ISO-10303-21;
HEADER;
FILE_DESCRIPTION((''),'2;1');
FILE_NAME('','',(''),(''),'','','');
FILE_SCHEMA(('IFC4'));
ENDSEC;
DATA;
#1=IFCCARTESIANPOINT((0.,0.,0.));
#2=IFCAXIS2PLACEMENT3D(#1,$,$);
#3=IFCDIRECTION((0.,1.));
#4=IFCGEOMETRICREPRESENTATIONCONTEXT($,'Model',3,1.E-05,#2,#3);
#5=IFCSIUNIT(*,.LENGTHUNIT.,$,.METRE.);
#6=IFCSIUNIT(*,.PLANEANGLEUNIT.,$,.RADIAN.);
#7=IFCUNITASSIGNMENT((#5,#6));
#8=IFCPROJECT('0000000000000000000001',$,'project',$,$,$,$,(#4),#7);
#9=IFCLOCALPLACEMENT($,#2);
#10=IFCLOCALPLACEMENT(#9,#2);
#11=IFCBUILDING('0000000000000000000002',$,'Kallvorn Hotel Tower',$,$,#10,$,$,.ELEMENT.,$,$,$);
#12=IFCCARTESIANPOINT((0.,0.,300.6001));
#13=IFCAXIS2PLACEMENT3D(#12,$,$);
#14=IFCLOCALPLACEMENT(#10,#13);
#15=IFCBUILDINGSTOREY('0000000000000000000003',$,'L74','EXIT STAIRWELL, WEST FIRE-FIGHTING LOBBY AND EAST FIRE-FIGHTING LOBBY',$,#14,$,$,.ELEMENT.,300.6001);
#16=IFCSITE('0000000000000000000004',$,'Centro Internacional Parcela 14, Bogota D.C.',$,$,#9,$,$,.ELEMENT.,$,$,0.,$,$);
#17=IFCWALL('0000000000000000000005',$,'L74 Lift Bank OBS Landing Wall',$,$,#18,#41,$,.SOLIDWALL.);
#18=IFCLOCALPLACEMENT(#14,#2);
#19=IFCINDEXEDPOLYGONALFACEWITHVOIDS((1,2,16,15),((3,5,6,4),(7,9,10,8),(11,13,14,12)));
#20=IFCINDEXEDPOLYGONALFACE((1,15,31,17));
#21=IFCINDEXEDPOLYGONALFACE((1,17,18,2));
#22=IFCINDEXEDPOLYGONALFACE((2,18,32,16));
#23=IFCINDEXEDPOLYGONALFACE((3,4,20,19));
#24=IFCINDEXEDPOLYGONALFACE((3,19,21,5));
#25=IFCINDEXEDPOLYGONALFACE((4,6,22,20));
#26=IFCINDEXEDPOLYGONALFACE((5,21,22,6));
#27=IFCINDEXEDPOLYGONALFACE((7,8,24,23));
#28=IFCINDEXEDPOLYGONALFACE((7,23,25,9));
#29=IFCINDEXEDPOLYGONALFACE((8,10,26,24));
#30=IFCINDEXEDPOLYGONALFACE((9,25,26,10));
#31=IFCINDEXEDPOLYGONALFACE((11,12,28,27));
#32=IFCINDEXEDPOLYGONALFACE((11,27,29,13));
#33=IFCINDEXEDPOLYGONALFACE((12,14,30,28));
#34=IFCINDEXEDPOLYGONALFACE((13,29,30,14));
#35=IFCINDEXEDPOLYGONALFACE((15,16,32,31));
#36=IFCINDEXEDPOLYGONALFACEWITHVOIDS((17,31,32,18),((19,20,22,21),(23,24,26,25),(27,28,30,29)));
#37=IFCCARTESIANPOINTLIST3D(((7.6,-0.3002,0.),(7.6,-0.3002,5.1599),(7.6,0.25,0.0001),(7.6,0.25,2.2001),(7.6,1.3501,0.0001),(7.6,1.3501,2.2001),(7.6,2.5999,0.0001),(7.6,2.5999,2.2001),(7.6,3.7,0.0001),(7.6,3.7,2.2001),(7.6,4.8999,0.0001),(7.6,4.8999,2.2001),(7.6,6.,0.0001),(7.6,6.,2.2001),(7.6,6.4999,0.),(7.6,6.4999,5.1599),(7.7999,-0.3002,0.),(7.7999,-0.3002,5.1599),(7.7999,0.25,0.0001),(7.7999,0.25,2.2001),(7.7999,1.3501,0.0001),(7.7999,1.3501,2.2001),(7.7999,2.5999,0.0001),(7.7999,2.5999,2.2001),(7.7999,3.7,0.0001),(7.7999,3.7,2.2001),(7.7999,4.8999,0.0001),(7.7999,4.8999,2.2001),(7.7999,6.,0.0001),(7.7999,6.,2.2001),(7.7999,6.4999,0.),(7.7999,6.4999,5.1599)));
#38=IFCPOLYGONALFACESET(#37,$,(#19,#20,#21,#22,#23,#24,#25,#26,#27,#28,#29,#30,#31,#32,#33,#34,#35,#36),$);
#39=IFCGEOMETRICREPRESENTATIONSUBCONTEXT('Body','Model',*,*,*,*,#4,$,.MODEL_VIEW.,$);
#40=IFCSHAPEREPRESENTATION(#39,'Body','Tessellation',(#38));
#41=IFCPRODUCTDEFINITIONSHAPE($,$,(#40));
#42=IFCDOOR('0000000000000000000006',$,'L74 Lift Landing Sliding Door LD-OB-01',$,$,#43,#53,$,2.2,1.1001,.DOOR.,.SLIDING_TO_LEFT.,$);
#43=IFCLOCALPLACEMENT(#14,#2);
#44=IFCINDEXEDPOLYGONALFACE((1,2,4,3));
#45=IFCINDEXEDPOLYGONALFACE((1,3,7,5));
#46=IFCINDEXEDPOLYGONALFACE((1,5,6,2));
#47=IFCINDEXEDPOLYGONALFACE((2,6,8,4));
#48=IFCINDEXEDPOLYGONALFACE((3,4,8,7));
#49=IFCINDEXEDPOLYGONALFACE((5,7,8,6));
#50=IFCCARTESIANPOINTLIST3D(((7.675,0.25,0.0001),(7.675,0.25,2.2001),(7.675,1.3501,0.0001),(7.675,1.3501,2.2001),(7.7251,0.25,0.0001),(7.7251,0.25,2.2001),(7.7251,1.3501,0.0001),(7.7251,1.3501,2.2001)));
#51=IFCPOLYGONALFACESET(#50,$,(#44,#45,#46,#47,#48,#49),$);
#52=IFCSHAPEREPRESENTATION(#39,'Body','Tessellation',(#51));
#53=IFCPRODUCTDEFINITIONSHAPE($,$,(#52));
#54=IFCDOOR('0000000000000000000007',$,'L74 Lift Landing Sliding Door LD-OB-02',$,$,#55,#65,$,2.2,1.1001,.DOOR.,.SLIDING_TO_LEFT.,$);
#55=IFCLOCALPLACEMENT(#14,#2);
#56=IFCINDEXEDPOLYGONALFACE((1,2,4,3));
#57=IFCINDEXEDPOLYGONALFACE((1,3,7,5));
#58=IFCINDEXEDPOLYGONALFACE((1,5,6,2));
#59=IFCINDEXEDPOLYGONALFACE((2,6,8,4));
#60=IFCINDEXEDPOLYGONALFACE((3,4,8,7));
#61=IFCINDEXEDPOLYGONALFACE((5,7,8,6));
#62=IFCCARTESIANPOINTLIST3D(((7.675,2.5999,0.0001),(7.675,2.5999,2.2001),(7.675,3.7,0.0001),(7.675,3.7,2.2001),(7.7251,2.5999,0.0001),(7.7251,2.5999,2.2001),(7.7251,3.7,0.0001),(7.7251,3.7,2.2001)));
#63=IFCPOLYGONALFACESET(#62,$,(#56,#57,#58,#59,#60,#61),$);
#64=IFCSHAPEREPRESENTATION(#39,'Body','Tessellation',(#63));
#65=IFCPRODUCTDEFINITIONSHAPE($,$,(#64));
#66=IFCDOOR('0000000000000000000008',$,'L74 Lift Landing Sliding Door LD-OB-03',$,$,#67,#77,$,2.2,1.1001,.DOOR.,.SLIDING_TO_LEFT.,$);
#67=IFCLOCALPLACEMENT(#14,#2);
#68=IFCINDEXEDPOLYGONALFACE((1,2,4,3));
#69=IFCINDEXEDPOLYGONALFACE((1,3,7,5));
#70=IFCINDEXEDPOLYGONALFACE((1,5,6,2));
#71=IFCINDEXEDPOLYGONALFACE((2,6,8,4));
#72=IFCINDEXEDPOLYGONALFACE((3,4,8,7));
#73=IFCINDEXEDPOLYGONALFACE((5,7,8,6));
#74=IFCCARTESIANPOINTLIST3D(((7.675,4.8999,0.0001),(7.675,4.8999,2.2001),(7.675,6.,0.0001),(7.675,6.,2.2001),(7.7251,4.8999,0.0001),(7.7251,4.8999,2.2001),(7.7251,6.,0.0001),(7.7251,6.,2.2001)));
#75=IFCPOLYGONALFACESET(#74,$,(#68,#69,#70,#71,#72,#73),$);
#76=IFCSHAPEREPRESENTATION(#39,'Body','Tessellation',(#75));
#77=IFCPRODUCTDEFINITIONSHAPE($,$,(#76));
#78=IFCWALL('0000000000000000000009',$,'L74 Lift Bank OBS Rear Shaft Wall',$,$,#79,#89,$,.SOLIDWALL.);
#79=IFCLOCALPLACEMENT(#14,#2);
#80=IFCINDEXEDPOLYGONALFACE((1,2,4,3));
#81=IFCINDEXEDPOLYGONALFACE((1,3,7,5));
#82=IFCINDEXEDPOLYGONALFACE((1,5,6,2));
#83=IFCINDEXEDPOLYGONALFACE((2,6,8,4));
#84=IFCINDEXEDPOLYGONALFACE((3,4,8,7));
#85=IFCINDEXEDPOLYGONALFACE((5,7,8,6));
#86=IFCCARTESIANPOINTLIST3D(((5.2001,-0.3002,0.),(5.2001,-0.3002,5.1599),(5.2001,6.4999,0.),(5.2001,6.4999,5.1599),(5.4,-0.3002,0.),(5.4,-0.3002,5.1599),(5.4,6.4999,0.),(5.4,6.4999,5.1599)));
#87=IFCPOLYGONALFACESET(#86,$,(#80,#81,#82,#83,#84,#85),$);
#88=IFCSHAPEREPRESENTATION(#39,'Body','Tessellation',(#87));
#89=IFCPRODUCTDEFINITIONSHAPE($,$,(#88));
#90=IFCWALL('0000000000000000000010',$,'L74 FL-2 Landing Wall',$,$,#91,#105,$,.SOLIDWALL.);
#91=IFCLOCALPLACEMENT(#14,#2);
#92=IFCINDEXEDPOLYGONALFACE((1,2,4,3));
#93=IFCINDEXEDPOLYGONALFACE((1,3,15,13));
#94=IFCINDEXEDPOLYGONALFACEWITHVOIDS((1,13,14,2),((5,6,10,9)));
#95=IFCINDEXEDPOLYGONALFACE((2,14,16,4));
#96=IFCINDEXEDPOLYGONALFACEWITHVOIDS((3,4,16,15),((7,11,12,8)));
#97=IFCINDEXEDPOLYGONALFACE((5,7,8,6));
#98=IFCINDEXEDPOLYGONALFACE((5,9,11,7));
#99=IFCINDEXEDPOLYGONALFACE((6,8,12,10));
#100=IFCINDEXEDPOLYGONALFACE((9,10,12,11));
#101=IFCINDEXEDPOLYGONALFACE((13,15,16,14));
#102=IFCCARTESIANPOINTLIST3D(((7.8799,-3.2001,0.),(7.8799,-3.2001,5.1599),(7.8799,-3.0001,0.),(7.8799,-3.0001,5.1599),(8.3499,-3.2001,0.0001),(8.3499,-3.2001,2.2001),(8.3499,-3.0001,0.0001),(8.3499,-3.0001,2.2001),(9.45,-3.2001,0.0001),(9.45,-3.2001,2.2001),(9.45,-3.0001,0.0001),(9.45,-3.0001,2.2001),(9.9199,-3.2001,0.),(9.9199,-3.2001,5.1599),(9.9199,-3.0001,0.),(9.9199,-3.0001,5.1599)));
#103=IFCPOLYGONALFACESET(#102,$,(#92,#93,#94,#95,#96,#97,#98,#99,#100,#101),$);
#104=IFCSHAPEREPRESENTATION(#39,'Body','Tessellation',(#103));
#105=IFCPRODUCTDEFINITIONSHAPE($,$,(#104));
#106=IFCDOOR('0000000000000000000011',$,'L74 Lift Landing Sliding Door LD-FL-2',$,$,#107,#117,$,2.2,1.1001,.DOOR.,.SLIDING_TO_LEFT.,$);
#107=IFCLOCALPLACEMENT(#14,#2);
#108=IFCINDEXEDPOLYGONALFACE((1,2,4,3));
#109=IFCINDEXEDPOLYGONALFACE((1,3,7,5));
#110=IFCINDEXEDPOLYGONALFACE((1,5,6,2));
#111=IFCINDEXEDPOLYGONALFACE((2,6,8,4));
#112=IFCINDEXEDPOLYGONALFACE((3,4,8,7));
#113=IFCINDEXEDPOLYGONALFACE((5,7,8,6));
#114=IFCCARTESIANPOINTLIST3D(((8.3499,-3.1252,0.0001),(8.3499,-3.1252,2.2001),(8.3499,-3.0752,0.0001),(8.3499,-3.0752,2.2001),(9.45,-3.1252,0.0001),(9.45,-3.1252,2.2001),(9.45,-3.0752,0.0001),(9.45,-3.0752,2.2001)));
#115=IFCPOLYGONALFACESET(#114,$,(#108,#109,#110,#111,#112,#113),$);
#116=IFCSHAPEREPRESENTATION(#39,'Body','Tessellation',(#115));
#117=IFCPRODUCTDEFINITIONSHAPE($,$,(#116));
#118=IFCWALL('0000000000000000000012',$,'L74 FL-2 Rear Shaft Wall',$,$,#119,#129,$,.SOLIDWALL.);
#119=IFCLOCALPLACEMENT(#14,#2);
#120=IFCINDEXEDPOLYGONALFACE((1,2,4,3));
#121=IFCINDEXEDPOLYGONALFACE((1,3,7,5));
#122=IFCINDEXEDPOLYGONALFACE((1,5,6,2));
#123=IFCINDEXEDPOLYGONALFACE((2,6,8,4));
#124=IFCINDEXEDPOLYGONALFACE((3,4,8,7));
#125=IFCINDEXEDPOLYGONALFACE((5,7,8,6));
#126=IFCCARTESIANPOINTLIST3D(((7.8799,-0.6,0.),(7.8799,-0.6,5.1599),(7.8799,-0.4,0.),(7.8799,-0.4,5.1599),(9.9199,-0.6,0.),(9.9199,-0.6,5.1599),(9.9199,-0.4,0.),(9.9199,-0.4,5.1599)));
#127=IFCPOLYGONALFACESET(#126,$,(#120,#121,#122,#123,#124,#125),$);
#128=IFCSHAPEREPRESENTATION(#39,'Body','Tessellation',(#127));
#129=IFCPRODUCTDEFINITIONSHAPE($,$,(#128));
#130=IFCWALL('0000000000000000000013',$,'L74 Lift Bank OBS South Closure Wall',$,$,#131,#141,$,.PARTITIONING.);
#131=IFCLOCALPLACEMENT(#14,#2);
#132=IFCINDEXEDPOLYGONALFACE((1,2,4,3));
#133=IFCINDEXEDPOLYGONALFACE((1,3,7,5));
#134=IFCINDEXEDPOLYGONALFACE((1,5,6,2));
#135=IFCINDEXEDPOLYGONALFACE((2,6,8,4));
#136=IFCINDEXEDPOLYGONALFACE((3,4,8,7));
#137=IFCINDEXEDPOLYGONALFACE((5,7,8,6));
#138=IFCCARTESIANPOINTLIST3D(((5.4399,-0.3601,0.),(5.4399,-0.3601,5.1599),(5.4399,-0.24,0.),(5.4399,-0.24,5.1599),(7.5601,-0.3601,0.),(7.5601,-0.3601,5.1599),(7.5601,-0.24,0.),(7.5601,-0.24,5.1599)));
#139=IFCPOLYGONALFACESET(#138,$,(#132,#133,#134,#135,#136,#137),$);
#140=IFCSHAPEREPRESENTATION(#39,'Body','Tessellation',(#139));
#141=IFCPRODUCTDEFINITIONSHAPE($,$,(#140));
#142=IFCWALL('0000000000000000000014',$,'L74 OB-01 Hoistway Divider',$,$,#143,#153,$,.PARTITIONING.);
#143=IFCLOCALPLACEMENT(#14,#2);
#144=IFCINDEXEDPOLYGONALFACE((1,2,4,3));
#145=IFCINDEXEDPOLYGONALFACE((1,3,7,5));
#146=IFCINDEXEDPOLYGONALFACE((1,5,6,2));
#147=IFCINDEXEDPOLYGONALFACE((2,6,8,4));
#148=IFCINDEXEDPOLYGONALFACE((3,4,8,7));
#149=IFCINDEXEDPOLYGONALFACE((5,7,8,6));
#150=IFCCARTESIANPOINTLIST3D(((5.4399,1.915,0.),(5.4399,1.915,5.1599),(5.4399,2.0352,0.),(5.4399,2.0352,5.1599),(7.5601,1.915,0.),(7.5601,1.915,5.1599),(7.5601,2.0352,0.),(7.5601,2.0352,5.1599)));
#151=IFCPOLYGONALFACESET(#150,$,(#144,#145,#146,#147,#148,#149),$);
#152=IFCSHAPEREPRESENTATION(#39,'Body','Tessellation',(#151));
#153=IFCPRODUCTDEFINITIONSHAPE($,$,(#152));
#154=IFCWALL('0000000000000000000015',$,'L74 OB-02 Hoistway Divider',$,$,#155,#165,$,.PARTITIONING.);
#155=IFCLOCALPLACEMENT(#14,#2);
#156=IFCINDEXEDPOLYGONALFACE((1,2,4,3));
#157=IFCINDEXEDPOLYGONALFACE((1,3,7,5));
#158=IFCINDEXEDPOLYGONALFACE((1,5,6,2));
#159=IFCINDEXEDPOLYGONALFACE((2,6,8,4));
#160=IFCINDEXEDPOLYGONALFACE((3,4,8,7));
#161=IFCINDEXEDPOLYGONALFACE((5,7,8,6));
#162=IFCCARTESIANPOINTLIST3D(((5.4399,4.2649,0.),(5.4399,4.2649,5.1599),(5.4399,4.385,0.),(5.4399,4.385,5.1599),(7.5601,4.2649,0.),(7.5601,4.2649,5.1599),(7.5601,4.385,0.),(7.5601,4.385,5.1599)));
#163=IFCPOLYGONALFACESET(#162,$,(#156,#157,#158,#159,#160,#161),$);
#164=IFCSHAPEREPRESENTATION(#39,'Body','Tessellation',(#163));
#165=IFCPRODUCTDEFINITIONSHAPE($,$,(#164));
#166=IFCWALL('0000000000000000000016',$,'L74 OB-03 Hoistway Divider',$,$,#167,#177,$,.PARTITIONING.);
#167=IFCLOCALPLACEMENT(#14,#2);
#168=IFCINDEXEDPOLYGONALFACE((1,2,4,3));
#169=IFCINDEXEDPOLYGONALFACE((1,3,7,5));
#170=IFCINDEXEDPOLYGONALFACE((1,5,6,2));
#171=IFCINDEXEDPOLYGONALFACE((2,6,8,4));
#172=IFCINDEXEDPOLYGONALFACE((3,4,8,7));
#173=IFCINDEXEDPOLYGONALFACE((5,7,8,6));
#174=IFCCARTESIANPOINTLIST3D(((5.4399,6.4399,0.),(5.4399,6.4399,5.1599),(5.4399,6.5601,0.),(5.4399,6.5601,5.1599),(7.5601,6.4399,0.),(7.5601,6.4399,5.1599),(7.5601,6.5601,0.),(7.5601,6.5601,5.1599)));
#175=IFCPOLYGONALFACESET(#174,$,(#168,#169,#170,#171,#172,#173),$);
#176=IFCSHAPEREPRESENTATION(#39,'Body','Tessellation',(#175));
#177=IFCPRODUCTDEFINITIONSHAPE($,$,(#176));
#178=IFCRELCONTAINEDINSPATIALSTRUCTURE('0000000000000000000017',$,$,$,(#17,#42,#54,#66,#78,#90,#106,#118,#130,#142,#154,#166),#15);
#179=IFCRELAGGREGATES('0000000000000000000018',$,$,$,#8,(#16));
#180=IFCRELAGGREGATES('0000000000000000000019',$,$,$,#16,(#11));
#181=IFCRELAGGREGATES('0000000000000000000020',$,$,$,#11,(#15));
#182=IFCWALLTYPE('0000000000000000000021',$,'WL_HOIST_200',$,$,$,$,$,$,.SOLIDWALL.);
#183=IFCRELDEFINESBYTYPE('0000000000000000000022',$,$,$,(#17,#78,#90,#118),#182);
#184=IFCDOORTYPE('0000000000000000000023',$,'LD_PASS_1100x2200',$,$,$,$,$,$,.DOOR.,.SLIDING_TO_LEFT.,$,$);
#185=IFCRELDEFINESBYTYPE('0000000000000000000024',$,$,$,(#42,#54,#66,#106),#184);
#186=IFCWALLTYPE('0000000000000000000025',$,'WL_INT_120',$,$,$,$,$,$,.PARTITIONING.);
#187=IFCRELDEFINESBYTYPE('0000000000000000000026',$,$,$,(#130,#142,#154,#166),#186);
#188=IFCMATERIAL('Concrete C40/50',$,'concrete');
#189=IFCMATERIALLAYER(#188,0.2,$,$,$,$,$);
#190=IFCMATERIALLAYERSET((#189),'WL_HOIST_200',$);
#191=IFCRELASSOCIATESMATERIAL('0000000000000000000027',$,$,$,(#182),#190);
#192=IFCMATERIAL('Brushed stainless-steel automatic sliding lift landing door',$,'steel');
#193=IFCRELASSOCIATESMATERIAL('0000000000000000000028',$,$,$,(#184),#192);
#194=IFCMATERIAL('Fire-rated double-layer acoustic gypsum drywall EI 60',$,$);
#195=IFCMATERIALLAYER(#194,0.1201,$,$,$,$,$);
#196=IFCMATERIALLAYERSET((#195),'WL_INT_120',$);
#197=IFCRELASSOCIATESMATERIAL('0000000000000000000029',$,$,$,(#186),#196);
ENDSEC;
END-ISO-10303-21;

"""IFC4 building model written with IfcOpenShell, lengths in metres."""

from ifc_helpers import new_model, si_unit, direction, frame, frame_2d, origin, place, context, subcontext, project, spatial, rectangle, extrude, material, layer, layer_set, type_object, element, fill, save


model = new_model("IFC4")

# Units and contexts
model_context = context("Model", 3, precision=1e-05, world=origin(), true_north=direction((0.0, 1.0)))
body_context = subcontext(model_context, "Body", "Model", "MODEL_VIEW")
ifc_project = project(units=[si_unit("LENGTHUNIT", "METRE"), si_unit("PLANEANGLEUNIT", "RADIAN")], contexts=[model_context])

# Site, building, storey
site_placement = place(None, origin())
site = spatial("IfcSite", under=ifc_project, at=site_placement, Name="Centro Internacional Parcela 14, Bogota D.C.", CompositionType="ELEMENT", RefElevation=0.0)
building_placement = place(site_placement, origin())
building = spatial("IfcBuilding", under=site, at=building_placement, Name="Kallvorn Hotel Tower", CompositionType="ELEMENT")
storey_placement = place(building_placement, frame((0.0, 0.0, 300.6001)))
storey = spatial("IfcBuildingStorey", under=building, at=storey_placement, Name="L74", Description="EXIT STAIRWELL, WEST FIRE-FIGHTING LOBBY AND EAST FIRE-FIGHTING LOBBY", CompositionType="ELEMENT", Elevation=300.6001)

# Shared definitions
ifc_material_1 = material(Name="Concrete C40/50", Category="concrete")
ifc_layer_1 = layer(ifc_material_1, 0.2)
ifc_layer_set_1 = layer_set([ifc_layer_1], Name="WL_HOIST_200")
wall_type_1 = type_object("IfcWallType", Name="WL_HOIST_200", PredefinedType="SOLIDWALL", material=ifc_layer_set_1)

# Wall, openings, doors
wall_1_placement = place(storey_placement, frame((7.7, -0.3, 0.0), z_axis=(0.0, 0.0, 1.0), x_axis=(0.0, 1.0, 0.0)))
wall_1 = element("IfcWall", 1, at=wall_1_placement, inside=storey, type_object=wall_type_1, Name="L74 Lift Bank OBS Landing Wall", PredefinedType="SOLIDWALL", context=body_context, shape_type="SweptSolid", body=[
    extrude(rectangle(XDim=6.8, YDim=0.2, at=frame_2d((3.3999, 0.0))), origin(), (0.0, 0.0, 1.0), 5.1599),
])
opening_1_placement = place(wall_1_placement, frame((0.55, 0.0, 0.0)))
opening_1 = element("IfcOpeningElement", 2, at=opening_1_placement, cuts=wall_1, PredefinedType="OPENING", context=body_context, shape_type="SweptSolid", body=[
    extrude(rectangle(XDim=1.1001, YDim=2.2, at=frame_2d((0.55, 1.1001))), frame((0.0, 0.115, 0.0), z_axis=(0.0, -1.0, 0.0), x_axis=(1.0, 0.0, 0.0)), (0.0, 0.0, 1.0), 0.23),
])
opening_2_placement = place(wall_1_placement, frame((2.8999, 0.0, 0.0)))
opening_2 = element("IfcOpeningElement", 3, at=opening_2_placement, cuts=wall_1, PredefinedType="OPENING", context=body_context, shape_type="SweptSolid", body=[
    extrude(rectangle(XDim=1.1001, YDim=2.2, at=frame_2d((0.55, 1.1001))), frame((0.0, 0.115, 0.0), z_axis=(0.0, -1.0, 0.0), x_axis=(1.0, 0.0, 0.0)), (0.0, 0.0, 1.0), 0.23),
])
opening_3_placement = place(wall_1_placement, frame((5.2, 0.0, 0.0)))
opening_3 = element("IfcOpeningElement", 4, at=opening_3_placement, cuts=wall_1, PredefinedType="OPENING", context=body_context, shape_type="SweptSolid", body=[
    extrude(rectangle(XDim=1.1001, YDim=2.2, at=frame_2d((0.55, 1.1001))), frame((0.0, 0.115, 0.0), z_axis=(0.0, -1.0, 0.0), x_axis=(1.0, 0.0, 0.0)), (0.0, 0.0, 1.0), 0.23),
])
ifc_material_2 = material(Name="Brushed stainless-steel automatic sliding lift landing door", Category="steel")
door_type_1 = type_object("IfcDoorType", Name="LD_PASS_1100x2200", OperationType="SLIDING_TO_LEFT", PredefinedType="DOOR", material=ifc_material_2)
door_1_placement = place(opening_1_placement, origin())
door_1 = element("IfcDoor", 5, at=door_1_placement, inside=storey, type_object=door_type_1, Name="L74 Lift Landing Sliding Door LD-OB-01", OperationType="SLIDING_TO_LEFT", OverallHeight=2.2, OverallWidth=1.1001, PredefinedType="DOOR", context=body_context, shape_type="SweptSolid", body=[
    extrude(rectangle(XDim=1.1001, YDim=2.2, at=frame_2d((0.55, 1.1001))), frame((0.0, 0.0249, 0.0), z_axis=(0.0, -1.0, 0.0), x_axis=(1.0, 0.0, 0.0)), (0.0, 0.0, 1.0), 0.05),
])
fill(opening_1, door_1)
door_2_placement = place(opening_2_placement, origin())
door_2 = element("IfcDoor", 6, at=door_2_placement, inside=storey, type_object=door_type_1, Name="L74 Lift Landing Sliding Door LD-OB-02", OperationType="SLIDING_TO_LEFT", OverallHeight=2.2, OverallWidth=1.1001, PredefinedType="DOOR", context=body_context, shape_type="SweptSolid", body=[
    extrude(rectangle(XDim=1.1001, YDim=2.2, at=frame_2d((0.55, 1.1001))), frame((0.0, 0.0249, 0.0), z_axis=(0.0, -1.0, 0.0), x_axis=(1.0, 0.0, 0.0)), (0.0, 0.0, 1.0), 0.05),
])
fill(opening_2, door_2)
door_3_placement = place(opening_3_placement, origin())
door_3 = element("IfcDoor", 7, at=door_3_placement, inside=storey, type_object=door_type_1, Name="L74 Lift Landing Sliding Door LD-OB-03", OperationType="SLIDING_TO_LEFT", OverallHeight=2.2, OverallWidth=1.1001, PredefinedType="DOOR", context=body_context, shape_type="SweptSolid", body=[
    extrude(rectangle(XDim=1.1001, YDim=2.2, at=frame_2d((0.55, 1.1001))), frame((0.0, 0.0249, 0.0), z_axis=(0.0, -1.0, 0.0), x_axis=(1.0, 0.0, 0.0)), (0.0, 0.0, 1.0), 0.05),
])
fill(opening_3, door_3)

# Wall
wall_2_placement = place(storey_placement, frame((5.3, -0.3, 0.0), z_axis=(0.0, 0.0, 1.0), x_axis=(0.0, 1.0, 0.0)))
element("IfcWall", 8, at=wall_2_placement, inside=storey, type_object=wall_type_1, Name="L74 Lift Bank OBS Rear Shaft Wall", PredefinedType="SOLIDWALL", context=body_context, shape_type="SweptSolid", body=[
    extrude(rectangle(XDim=6.8, YDim=0.2, at=frame_2d((3.3999, 0.0))), origin(), (0.0, 0.0, 1.0), 5.1599),
])

# Wall, opening, door
wall_3_placement = place(storey_placement, frame((7.8799, -3.1001, 0.0), z_axis=(0.0, 0.0, 1.0), x_axis=(1.0, 0.0, 0.0)))
wall_3 = element("IfcWall", 9, at=wall_3_placement, inside=storey, type_object=wall_type_1, Name="L74 FL-2 Landing Wall", PredefinedType="SOLIDWALL", context=body_context, shape_type="SweptSolid", body=[
    extrude(rectangle(XDim=2.04, YDim=0.2, at=frame_2d((1.02, 0.0))), origin(), (0.0, 0.0, 1.0), 5.1599),
])
opening_4_placement = place(wall_3_placement, frame((0.47, 0.0, 0.0)))
opening_4 = element("IfcOpeningElement", 10, at=opening_4_placement, cuts=wall_3, PredefinedType="OPENING", context=body_context, shape_type="SweptSolid", body=[
    extrude(rectangle(XDim=1.1001, YDim=2.2, at=frame_2d((0.55, 1.1001))), frame((0.0, 0.115, 0.0), z_axis=(0.0, -1.0, 0.0), x_axis=(1.0, 0.0, 0.0)), (0.0, 0.0, 1.0), 0.23),
])
door_4_placement = place(opening_4_placement, origin())
door_4 = element("IfcDoor", 11, at=door_4_placement, inside=storey, type_object=door_type_1, Name="L74 Lift Landing Sliding Door LD-FL-2", OperationType="SLIDING_TO_LEFT", OverallHeight=2.2, OverallWidth=1.1001, PredefinedType="DOOR", context=body_context, shape_type="SweptSolid", body=[
    extrude(rectangle(XDim=1.1001, YDim=2.2, at=frame_2d((0.55, 1.1001))), frame((0.0, 0.0249, 0.0), z_axis=(0.0, -1.0, 0.0), x_axis=(1.0, 0.0, 0.0)), (0.0, 0.0, 1.0), 0.05),
])
fill(opening_4, door_4)

# Walls
wall_4_placement = place(storey_placement, frame((7.8799, -0.5, 0.0), z_axis=(0.0, 0.0, 1.0), x_axis=(1.0, 0.0, 0.0)))
element("IfcWall", 12, at=wall_4_placement, inside=storey, type_object=wall_type_1, Name="L74 FL-2 Rear Shaft Wall", PredefinedType="SOLIDWALL", context=body_context, shape_type="SweptSolid", body=[
    extrude(rectangle(XDim=2.04, YDim=0.2, at=frame_2d((1.02, 0.0))), origin(), (0.0, 0.0, 1.0), 5.1599),
])
ifc_material_3 = material(Name="Fire-rated double-layer acoustic gypsum drywall EI 60")
ifc_layer_2 = layer(ifc_material_3, 0.1201)
ifc_layer_set_2 = layer_set([ifc_layer_2], Name="WL_INT_120")
wall_type_2 = type_object("IfcWallType", Name="WL_INT_120", PredefinedType="PARTITIONING", material=ifc_layer_set_2)
for number, where, z_axis, x_axis, name in (
    (13, (5.4399, -0.3, 0.0), (0.0, 0.0, 1.0), (1.0, 0.0, 0.0), "L74 Lift Bank OBS South Closure Wall"),
    (14, (5.4399, 1.9751, 0.0), (0.0, 0.0, 1.0), (1.0, 0.0, 0.0), "L74 OB-01 Hoistway Divider"),
    (15, (5.4399, 4.325, 0.0), (0.0, 0.0, 1.0), (1.0, 0.0, 0.0), "L74 OB-02 Hoistway Divider"),
    (16, (5.4399, 6.5, 0.0), (0.0, 0.0, 1.0), (1.0, 0.0, 0.0), "L74 OB-03 Hoistway Divider"),
):
    element("IfcWall", number, at=place(storey_placement, frame(where, z_axis=z_axis, x_axis=x_axis)), inside=storey, type_object=wall_type_2, Name=name, PredefinedType="PARTITIONING", context=body_context, shape_type="SweptSolid", body=[
        extrude(rectangle(XDim=2.1201, YDim=0.1201, at=frame_2d((1.0601, 0.0))), origin(), (0.0, 0.0, 1.0), 5.1599),
    ])

save(model, "model.ifc")
